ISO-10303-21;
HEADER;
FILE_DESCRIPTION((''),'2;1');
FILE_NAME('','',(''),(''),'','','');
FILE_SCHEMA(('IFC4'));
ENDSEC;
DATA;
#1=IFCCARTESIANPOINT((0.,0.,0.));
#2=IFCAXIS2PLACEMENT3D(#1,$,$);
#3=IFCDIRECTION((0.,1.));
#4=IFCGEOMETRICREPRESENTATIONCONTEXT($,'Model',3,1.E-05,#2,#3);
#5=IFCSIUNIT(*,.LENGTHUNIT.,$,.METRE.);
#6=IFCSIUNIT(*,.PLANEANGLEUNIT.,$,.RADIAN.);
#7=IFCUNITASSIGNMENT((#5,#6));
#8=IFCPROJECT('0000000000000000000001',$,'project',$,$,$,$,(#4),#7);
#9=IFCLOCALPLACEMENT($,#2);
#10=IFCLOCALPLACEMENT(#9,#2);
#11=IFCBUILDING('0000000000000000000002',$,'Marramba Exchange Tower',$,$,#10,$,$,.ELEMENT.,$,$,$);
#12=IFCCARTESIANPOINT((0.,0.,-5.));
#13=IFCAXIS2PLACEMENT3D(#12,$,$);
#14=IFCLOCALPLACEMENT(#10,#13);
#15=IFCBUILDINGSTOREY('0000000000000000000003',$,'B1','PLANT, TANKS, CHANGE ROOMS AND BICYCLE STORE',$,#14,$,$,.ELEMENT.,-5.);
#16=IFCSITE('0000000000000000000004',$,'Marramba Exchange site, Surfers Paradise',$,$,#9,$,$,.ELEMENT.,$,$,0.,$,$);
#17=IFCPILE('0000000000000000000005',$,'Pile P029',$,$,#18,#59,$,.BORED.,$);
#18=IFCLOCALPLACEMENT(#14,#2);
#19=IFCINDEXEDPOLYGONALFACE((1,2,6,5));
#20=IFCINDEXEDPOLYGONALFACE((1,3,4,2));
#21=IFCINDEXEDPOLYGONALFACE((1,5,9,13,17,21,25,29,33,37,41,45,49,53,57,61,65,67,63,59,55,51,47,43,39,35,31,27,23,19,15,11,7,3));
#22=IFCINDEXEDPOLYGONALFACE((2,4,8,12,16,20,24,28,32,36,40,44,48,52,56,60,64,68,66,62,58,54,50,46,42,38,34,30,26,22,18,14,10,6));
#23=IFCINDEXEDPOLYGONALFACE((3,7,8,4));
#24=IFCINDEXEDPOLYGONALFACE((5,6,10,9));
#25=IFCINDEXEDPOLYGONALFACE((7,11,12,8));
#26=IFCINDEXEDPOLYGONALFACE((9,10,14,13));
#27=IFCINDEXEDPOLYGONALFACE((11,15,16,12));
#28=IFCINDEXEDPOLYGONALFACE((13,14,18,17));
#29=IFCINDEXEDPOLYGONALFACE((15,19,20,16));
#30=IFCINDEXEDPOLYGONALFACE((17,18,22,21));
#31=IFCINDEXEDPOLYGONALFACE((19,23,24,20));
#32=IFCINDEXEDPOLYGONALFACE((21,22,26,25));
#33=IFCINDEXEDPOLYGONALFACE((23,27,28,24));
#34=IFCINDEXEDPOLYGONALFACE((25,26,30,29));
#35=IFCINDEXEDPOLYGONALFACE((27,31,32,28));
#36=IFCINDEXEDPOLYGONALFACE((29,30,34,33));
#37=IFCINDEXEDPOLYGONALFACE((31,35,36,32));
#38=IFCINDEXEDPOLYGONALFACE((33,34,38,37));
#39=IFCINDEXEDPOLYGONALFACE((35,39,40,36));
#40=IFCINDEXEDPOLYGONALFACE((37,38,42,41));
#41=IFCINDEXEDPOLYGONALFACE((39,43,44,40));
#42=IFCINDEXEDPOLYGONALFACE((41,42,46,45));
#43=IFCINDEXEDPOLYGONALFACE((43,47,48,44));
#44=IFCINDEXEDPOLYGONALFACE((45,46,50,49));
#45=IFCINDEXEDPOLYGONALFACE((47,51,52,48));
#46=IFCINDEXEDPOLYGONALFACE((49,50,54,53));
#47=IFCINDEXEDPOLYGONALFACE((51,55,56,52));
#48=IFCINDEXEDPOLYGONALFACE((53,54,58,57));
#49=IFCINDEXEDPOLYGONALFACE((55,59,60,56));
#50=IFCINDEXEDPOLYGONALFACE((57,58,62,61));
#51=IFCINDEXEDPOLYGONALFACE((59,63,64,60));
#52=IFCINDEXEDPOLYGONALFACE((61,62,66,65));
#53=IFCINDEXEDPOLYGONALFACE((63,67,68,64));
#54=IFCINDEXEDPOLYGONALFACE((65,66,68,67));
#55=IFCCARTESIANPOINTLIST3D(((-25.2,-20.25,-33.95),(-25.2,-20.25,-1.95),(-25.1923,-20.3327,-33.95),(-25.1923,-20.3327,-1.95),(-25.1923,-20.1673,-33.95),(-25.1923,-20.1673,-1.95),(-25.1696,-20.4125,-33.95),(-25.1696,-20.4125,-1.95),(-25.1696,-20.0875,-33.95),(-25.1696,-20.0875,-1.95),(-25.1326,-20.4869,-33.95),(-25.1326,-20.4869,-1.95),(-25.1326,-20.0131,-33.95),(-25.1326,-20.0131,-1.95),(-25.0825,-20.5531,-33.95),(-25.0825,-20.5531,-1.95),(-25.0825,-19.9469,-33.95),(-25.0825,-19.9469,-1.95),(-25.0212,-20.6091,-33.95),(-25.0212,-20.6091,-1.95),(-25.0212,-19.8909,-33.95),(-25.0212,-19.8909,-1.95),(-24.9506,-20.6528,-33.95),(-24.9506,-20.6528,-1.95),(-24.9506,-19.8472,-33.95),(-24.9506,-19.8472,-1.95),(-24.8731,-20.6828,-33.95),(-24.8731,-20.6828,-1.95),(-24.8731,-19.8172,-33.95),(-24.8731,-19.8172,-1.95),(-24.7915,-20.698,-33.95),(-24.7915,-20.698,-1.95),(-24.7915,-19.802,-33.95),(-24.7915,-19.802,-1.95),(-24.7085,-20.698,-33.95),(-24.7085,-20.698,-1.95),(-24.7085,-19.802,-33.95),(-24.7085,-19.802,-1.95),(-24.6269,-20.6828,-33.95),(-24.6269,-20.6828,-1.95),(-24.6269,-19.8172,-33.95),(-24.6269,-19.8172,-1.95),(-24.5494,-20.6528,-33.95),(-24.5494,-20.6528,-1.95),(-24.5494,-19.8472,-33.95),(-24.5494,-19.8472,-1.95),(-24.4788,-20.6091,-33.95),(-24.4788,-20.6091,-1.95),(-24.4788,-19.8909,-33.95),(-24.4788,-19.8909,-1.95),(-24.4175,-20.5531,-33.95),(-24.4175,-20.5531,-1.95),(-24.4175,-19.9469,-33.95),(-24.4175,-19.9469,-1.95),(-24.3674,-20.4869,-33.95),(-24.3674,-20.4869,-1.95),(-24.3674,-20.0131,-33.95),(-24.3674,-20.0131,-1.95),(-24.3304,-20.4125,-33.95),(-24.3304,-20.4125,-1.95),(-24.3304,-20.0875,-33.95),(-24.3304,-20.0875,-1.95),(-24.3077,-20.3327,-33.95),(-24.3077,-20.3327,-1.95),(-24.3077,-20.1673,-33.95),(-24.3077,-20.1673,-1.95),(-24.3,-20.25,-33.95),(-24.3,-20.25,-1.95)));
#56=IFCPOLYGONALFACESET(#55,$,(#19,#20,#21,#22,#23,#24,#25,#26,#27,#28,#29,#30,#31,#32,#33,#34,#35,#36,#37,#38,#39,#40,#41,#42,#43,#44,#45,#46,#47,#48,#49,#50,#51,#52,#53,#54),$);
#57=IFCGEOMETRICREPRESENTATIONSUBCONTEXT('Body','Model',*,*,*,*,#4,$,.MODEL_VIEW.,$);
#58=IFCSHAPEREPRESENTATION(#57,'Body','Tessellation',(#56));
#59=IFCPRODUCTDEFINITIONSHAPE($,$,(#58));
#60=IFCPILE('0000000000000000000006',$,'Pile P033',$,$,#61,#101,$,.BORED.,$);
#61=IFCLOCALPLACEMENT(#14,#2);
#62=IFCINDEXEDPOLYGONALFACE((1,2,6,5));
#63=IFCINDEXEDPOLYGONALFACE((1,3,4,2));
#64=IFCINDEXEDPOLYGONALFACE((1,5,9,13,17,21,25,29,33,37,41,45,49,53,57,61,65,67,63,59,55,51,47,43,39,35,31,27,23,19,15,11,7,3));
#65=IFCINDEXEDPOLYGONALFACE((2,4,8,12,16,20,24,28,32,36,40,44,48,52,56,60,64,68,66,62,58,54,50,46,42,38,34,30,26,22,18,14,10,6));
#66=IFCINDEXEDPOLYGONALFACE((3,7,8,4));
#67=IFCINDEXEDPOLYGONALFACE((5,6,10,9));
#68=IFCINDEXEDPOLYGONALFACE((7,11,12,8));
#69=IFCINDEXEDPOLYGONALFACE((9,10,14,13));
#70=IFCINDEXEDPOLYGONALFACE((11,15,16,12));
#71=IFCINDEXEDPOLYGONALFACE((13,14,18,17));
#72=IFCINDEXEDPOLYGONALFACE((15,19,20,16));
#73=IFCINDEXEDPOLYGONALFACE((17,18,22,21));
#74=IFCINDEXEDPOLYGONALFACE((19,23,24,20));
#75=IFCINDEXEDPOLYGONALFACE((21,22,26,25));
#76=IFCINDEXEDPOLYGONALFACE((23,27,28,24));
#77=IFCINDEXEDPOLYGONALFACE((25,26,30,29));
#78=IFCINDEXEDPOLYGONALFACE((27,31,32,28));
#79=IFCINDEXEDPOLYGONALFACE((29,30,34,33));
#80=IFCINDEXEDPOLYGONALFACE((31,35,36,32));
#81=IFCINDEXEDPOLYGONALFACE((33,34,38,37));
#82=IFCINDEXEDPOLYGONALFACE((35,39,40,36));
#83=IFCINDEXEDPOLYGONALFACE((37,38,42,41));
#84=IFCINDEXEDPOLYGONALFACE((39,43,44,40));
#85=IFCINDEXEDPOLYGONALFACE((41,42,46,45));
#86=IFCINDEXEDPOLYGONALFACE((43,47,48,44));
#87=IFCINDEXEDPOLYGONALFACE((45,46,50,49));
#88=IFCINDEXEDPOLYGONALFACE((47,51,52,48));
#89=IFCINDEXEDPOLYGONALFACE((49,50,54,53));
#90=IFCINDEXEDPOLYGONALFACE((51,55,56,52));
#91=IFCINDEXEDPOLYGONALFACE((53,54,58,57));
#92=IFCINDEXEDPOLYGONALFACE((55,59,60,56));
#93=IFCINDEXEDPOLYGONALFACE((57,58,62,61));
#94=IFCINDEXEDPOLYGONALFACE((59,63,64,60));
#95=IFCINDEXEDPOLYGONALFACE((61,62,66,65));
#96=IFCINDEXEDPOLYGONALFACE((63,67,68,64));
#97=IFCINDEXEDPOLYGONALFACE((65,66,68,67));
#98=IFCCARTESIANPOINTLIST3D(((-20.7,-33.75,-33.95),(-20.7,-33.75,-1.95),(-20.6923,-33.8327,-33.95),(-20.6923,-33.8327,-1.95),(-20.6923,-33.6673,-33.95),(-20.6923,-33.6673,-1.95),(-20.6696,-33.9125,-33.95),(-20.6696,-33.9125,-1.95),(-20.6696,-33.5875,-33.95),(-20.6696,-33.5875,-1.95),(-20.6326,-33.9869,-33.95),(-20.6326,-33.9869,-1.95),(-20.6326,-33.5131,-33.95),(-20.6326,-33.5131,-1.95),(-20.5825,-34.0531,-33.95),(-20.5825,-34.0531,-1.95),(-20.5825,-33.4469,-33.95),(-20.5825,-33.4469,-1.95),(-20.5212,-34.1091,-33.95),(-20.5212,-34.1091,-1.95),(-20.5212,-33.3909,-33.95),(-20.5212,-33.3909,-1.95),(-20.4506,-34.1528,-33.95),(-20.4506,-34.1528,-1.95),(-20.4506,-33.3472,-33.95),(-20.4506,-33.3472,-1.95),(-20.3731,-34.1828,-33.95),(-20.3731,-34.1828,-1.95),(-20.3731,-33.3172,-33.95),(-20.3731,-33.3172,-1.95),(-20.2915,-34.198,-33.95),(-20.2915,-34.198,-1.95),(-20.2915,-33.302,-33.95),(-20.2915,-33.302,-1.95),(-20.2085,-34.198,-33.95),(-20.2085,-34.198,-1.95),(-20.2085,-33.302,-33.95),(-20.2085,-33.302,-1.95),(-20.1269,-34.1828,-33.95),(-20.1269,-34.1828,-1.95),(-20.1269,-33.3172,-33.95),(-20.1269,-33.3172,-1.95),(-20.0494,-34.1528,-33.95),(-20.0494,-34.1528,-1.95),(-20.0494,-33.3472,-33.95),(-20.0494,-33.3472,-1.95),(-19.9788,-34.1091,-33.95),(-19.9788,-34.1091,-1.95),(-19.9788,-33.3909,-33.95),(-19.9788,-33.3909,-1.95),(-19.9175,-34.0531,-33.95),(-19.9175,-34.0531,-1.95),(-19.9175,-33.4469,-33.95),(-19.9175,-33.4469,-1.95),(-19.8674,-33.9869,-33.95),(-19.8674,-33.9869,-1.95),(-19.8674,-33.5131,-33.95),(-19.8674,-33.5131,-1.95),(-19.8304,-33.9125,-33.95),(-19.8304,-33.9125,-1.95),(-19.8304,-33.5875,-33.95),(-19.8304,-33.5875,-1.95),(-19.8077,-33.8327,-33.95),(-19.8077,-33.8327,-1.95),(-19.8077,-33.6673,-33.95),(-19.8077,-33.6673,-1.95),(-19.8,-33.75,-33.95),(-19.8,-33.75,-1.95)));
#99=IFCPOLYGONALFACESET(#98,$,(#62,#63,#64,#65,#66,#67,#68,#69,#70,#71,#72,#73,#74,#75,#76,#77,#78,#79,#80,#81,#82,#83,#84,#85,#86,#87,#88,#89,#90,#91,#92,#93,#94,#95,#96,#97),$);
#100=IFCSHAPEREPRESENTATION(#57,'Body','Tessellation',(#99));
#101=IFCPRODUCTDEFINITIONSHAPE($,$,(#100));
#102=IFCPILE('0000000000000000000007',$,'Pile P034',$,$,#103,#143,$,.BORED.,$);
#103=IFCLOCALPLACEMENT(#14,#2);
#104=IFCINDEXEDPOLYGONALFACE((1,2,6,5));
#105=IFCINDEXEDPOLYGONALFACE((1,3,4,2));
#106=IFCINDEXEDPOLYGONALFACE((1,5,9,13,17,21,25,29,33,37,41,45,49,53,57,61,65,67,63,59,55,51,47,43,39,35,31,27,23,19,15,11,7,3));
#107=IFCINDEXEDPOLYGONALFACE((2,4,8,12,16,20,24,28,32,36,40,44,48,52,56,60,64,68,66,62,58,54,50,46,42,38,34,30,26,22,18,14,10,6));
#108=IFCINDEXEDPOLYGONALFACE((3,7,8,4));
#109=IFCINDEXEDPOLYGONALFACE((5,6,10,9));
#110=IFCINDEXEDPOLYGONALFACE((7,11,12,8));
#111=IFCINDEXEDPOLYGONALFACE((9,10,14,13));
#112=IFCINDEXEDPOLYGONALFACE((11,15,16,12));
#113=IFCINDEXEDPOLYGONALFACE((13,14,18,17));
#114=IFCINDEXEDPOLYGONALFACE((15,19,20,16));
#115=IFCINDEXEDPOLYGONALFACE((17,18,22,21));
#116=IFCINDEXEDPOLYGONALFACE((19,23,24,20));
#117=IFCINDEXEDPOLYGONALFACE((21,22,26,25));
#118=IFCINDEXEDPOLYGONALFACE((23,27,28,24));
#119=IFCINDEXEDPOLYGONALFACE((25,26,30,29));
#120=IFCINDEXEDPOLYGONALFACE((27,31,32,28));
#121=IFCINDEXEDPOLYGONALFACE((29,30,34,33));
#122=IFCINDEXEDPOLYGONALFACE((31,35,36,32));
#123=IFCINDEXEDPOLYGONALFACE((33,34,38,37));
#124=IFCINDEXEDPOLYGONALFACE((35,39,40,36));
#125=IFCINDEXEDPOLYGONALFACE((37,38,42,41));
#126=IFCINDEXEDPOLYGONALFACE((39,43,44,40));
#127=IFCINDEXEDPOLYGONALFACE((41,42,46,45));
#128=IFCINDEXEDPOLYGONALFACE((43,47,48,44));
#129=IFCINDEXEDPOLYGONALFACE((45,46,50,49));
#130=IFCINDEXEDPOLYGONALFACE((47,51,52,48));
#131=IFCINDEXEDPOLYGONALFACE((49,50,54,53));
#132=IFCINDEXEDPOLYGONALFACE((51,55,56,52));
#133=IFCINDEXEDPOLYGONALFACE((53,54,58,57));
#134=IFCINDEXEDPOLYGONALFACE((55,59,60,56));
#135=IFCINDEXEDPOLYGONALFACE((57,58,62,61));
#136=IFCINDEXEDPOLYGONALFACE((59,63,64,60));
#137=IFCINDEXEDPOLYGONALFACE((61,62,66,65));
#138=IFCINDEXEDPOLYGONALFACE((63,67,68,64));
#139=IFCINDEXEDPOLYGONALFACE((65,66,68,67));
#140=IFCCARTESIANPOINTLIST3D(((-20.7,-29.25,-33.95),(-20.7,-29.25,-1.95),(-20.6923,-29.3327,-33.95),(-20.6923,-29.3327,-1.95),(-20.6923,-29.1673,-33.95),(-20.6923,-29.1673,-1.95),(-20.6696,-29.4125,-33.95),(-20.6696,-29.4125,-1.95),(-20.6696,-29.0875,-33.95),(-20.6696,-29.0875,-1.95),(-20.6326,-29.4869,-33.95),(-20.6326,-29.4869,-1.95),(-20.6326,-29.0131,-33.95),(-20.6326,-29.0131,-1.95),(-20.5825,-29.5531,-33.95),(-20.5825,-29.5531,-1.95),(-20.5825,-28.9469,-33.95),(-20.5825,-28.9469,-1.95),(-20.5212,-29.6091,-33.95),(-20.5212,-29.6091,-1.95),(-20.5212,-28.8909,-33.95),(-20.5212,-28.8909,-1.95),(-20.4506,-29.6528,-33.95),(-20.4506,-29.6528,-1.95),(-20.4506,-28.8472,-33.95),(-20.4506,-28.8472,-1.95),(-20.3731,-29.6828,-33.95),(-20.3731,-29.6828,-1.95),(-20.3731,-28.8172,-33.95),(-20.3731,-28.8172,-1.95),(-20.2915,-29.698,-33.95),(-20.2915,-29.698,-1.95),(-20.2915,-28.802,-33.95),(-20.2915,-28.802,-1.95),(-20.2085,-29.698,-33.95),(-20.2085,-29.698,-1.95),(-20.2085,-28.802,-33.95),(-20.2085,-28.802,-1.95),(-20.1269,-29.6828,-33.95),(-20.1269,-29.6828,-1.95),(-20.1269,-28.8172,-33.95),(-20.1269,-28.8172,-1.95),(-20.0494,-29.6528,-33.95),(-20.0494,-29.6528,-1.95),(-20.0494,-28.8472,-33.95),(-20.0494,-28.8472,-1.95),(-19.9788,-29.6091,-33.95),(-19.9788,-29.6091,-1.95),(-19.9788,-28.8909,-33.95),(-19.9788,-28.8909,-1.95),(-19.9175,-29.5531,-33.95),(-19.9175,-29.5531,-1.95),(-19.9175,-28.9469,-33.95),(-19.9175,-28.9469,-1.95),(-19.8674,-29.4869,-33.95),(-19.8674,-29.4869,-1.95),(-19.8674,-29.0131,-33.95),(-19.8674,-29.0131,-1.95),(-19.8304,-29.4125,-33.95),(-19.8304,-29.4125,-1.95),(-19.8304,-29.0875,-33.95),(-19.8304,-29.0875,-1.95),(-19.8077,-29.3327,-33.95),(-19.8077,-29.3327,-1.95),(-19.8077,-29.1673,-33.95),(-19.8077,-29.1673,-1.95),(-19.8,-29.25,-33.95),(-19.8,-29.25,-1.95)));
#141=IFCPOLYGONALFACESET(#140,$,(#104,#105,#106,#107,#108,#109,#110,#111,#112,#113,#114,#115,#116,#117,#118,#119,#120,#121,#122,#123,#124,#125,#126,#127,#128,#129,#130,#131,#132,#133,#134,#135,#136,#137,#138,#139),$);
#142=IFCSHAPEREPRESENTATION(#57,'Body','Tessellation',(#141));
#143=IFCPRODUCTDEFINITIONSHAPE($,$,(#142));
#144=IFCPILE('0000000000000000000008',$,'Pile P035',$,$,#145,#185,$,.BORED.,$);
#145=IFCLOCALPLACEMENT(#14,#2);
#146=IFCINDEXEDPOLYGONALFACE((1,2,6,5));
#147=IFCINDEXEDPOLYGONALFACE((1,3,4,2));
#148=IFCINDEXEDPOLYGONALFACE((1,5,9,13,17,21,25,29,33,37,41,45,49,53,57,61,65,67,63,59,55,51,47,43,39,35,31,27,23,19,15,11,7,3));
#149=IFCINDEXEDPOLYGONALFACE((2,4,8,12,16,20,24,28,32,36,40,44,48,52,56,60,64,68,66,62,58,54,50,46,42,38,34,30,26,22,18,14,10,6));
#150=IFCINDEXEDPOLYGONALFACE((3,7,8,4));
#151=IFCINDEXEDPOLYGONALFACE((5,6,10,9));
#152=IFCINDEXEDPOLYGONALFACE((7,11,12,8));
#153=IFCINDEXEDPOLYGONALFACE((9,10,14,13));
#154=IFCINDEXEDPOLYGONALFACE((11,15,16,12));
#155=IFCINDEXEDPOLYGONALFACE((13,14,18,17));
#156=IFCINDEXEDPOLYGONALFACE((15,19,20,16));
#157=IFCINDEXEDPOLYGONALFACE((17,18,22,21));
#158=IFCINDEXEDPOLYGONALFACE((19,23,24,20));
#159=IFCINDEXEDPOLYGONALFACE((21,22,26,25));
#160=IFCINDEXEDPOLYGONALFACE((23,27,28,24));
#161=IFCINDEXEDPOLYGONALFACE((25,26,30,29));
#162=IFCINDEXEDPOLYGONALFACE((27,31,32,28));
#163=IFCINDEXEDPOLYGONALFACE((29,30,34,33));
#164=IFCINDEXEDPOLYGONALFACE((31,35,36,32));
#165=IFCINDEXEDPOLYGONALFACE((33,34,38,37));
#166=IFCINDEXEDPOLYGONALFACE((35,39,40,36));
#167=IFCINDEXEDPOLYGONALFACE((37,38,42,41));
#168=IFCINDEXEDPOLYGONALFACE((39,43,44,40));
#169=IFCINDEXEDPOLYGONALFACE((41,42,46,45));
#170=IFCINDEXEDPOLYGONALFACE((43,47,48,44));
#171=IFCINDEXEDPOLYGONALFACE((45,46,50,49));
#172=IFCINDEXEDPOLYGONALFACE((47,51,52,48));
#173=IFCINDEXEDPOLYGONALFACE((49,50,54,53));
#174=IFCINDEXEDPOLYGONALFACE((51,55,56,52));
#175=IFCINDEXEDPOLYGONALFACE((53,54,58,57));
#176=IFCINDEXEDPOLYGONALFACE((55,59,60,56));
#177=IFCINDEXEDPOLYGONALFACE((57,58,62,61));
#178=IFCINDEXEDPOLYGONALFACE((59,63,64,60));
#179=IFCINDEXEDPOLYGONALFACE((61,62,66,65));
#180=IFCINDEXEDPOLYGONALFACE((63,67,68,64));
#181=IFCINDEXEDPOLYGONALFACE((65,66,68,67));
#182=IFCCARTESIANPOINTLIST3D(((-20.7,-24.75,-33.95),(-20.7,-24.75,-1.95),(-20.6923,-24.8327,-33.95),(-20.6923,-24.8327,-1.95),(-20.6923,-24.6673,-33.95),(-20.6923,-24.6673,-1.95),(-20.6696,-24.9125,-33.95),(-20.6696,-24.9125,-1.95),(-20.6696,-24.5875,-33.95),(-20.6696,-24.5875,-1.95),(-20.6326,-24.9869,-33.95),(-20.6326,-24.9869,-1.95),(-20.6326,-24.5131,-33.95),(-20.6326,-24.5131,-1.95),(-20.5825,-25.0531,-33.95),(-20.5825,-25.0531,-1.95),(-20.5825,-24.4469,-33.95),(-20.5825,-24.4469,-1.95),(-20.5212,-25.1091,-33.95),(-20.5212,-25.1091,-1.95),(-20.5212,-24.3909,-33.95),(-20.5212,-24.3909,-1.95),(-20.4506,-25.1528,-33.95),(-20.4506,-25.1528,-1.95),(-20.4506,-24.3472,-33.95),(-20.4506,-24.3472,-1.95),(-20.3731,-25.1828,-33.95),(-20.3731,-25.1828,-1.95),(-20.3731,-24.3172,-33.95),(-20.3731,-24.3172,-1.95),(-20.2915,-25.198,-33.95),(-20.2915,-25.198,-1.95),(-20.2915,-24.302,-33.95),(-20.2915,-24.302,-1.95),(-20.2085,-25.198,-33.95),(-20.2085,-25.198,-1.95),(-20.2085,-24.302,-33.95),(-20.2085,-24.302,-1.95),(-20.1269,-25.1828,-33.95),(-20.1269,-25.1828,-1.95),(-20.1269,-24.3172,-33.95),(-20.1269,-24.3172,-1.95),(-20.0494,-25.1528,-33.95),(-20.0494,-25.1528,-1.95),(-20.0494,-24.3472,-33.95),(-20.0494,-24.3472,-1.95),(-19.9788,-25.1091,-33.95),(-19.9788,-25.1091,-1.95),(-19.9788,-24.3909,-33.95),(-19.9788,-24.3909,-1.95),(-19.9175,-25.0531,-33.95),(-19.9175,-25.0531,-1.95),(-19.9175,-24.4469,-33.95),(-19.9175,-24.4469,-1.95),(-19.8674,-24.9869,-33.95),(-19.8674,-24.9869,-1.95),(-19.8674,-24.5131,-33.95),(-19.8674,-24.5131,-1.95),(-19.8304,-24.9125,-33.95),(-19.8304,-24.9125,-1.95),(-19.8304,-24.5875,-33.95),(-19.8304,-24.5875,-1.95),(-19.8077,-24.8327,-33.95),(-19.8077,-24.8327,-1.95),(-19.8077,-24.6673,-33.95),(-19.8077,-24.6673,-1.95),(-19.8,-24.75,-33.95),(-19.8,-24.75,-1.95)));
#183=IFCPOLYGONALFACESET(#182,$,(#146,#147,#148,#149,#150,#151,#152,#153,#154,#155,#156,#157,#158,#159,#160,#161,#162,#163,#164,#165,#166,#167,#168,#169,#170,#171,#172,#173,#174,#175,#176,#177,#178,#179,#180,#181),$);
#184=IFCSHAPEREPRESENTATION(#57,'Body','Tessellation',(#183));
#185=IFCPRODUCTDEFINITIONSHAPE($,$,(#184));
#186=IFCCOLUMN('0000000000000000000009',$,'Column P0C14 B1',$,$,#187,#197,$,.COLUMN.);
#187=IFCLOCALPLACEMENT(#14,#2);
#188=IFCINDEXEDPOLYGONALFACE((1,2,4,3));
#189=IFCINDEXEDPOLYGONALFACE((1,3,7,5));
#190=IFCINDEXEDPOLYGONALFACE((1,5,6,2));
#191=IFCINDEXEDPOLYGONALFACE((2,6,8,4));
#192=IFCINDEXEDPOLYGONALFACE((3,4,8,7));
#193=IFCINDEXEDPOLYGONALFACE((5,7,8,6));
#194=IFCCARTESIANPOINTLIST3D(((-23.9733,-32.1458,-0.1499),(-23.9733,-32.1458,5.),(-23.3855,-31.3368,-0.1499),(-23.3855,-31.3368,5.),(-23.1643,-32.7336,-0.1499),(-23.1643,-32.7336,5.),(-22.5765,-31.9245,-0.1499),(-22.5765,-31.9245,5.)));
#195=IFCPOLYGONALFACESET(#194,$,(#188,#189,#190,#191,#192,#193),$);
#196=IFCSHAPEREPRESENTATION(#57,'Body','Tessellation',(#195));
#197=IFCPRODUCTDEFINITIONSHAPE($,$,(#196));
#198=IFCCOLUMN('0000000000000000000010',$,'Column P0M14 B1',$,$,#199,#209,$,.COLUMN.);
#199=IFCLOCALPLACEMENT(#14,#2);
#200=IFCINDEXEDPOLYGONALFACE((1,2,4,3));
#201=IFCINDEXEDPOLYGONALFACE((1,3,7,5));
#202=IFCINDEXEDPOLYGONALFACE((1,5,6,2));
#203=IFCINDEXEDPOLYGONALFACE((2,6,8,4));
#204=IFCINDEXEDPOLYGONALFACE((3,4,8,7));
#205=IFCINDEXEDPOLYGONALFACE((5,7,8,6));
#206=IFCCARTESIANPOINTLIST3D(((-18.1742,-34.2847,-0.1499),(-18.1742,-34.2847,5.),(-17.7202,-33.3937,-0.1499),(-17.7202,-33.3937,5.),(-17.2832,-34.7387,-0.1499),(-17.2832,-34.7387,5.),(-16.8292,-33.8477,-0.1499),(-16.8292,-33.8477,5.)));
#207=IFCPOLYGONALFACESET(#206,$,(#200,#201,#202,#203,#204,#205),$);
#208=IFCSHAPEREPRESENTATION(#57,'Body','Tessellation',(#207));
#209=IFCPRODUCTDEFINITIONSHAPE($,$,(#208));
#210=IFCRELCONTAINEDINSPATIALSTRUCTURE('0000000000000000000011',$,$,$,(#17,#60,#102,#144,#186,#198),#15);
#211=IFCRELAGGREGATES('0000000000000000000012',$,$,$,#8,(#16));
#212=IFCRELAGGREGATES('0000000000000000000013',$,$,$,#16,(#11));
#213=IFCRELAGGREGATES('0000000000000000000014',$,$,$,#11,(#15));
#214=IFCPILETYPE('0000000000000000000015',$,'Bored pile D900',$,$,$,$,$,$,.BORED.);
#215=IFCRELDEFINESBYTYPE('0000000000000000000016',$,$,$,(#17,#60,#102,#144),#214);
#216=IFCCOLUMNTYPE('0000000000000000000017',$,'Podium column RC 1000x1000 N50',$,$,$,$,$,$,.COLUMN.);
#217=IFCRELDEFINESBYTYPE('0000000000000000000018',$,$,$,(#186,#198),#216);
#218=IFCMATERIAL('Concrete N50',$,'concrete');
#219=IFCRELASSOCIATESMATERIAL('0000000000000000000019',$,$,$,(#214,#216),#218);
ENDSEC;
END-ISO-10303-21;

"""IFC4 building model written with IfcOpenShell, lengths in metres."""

from ifc_helpers import new_model, si_unit, direction, frame, origin, origin_2d, place, context, subcontext, project, spatial, rectangle, circle, extrude, material, material_profile, profile_set, type_object, element, save


model = new_model("IFC4")

# Units and contexts
model_context = context("Model", 3, precision=1e-05, world=origin(), true_north=direction((0.0, 1.0)))
body_context = subcontext(model_context, "Body", "Model", "MODEL_VIEW")
ifc_project = project(units=[si_unit("LENGTHUNIT", "METRE"), si_unit("PLANEANGLEUNIT", "RADIAN")], contexts=[model_context])

# Site, building, storey
site_placement = place(None, origin())
site = spatial("IfcSite", under=ifc_project, at=site_placement, Name="Marramba Exchange site, Surfers Paradise", CompositionType="ELEMENT", RefElevation=0.0)
building_placement = place(site_placement, origin())
building = spatial("IfcBuilding", under=site, at=building_placement, Name="Marramba Exchange Tower", CompositionType="ELEMENT")
storey_placement = place(building_placement, frame((0.0, 0.0, -5.0)))
storey = spatial("IfcBuildingStorey", under=building, at=storey_placement, Name="B1", Description="PLANT, TANKS, CHANGE ROOMS AND BICYCLE STORE", CompositionType="ELEMENT", Elevation=-5.0)

# Piles
ifc_material_1 = material(Name="Concrete N50", Category="concrete")
ifc_material_profile_1 = material_profile(ifc_material_1, circle(Radius=0.45, at=origin_2d()), Name="BP D900")
ifc_profile_set_1 = profile_set([ifc_material_profile_1], Name="Concrete N50")
pile_type_1 = type_object("IfcPileType", Name="Bored pile D900", PredefinedType="BORED", material=ifc_profile_set_1)
for number, where, z_axis, x_axis, name in (
    (1, (-24.75, -20.25, -1.95), (0.0, 0.0, -1.0), (1.0, 0.0, 0.0), "Pile P029"),
    (2, (-20.25, -33.75, -1.95), (0.0, 0.0, -1.0), (1.0, 0.0, 0.0), "Pile P033"),
    (3, (-20.25, -29.25, -1.95), (0.0, 0.0, -1.0), (1.0, 0.0, 0.0), "Pile P034"),
    (4, (-20.25, -24.75, -1.95), (0.0, 0.0, -1.0), (1.0, 0.0, 0.0), "Pile P035"),
):
    element("IfcPile", number, at=place(storey_placement, frame(where, z_axis=z_axis, x_axis=x_axis)), inside=storey, type_object=pile_type_1, Name=name, PredefinedType="BORED", context=body_context, shape_type="SweptSolid", body=[
        extrude(circle(Radius=0.45, at=origin_2d()), origin(), (0.0, 0.0, 1.0), 32.0),
    ])

# Columns
ifc_material_profile_2 = material_profile(ifc_material_1, rectangle(XDim=1.0, YDim=1.0, at=origin_2d()), Name="RC 1000x1000")
ifc_profile_set_2 = profile_set([ifc_material_profile_2], Name="Concrete N50")
column_type = type_object("IfcColumnType", Name="Podium column RC 1000x1000 N50", PredefinedType="COLUMN", material=ifc_profile_set_2)
for number, where, z_axis, x_axis, name in (
    (5, (-23.2749, -32.0352, -0.1499), (0.0, 0.0, 1.0), (-0.587785, -0.809017, 0.0), "Column P0C14 B1"),
    (6, (-17.5017, -34.0662, -0.1499), (0.0, 0.0, 1.0), (-0.45399, -0.891007, 0.0), "Column P0M14 B1"),
):
    element("IfcColumn", number, at=place(storey_placement, frame(where, z_axis=z_axis, x_axis=x_axis)), inside=storey, type_object=column_type, Name=name, PredefinedType="COLUMN", context=body_context, shape_type="SweptSolid", body=[
        extrude(rectangle(XDim=1.0, YDim=1.0, at=origin_2d()), origin(), (0.0, 0.0, 1.0), 5.1499),
    ])

save(model, "model.ifc")
